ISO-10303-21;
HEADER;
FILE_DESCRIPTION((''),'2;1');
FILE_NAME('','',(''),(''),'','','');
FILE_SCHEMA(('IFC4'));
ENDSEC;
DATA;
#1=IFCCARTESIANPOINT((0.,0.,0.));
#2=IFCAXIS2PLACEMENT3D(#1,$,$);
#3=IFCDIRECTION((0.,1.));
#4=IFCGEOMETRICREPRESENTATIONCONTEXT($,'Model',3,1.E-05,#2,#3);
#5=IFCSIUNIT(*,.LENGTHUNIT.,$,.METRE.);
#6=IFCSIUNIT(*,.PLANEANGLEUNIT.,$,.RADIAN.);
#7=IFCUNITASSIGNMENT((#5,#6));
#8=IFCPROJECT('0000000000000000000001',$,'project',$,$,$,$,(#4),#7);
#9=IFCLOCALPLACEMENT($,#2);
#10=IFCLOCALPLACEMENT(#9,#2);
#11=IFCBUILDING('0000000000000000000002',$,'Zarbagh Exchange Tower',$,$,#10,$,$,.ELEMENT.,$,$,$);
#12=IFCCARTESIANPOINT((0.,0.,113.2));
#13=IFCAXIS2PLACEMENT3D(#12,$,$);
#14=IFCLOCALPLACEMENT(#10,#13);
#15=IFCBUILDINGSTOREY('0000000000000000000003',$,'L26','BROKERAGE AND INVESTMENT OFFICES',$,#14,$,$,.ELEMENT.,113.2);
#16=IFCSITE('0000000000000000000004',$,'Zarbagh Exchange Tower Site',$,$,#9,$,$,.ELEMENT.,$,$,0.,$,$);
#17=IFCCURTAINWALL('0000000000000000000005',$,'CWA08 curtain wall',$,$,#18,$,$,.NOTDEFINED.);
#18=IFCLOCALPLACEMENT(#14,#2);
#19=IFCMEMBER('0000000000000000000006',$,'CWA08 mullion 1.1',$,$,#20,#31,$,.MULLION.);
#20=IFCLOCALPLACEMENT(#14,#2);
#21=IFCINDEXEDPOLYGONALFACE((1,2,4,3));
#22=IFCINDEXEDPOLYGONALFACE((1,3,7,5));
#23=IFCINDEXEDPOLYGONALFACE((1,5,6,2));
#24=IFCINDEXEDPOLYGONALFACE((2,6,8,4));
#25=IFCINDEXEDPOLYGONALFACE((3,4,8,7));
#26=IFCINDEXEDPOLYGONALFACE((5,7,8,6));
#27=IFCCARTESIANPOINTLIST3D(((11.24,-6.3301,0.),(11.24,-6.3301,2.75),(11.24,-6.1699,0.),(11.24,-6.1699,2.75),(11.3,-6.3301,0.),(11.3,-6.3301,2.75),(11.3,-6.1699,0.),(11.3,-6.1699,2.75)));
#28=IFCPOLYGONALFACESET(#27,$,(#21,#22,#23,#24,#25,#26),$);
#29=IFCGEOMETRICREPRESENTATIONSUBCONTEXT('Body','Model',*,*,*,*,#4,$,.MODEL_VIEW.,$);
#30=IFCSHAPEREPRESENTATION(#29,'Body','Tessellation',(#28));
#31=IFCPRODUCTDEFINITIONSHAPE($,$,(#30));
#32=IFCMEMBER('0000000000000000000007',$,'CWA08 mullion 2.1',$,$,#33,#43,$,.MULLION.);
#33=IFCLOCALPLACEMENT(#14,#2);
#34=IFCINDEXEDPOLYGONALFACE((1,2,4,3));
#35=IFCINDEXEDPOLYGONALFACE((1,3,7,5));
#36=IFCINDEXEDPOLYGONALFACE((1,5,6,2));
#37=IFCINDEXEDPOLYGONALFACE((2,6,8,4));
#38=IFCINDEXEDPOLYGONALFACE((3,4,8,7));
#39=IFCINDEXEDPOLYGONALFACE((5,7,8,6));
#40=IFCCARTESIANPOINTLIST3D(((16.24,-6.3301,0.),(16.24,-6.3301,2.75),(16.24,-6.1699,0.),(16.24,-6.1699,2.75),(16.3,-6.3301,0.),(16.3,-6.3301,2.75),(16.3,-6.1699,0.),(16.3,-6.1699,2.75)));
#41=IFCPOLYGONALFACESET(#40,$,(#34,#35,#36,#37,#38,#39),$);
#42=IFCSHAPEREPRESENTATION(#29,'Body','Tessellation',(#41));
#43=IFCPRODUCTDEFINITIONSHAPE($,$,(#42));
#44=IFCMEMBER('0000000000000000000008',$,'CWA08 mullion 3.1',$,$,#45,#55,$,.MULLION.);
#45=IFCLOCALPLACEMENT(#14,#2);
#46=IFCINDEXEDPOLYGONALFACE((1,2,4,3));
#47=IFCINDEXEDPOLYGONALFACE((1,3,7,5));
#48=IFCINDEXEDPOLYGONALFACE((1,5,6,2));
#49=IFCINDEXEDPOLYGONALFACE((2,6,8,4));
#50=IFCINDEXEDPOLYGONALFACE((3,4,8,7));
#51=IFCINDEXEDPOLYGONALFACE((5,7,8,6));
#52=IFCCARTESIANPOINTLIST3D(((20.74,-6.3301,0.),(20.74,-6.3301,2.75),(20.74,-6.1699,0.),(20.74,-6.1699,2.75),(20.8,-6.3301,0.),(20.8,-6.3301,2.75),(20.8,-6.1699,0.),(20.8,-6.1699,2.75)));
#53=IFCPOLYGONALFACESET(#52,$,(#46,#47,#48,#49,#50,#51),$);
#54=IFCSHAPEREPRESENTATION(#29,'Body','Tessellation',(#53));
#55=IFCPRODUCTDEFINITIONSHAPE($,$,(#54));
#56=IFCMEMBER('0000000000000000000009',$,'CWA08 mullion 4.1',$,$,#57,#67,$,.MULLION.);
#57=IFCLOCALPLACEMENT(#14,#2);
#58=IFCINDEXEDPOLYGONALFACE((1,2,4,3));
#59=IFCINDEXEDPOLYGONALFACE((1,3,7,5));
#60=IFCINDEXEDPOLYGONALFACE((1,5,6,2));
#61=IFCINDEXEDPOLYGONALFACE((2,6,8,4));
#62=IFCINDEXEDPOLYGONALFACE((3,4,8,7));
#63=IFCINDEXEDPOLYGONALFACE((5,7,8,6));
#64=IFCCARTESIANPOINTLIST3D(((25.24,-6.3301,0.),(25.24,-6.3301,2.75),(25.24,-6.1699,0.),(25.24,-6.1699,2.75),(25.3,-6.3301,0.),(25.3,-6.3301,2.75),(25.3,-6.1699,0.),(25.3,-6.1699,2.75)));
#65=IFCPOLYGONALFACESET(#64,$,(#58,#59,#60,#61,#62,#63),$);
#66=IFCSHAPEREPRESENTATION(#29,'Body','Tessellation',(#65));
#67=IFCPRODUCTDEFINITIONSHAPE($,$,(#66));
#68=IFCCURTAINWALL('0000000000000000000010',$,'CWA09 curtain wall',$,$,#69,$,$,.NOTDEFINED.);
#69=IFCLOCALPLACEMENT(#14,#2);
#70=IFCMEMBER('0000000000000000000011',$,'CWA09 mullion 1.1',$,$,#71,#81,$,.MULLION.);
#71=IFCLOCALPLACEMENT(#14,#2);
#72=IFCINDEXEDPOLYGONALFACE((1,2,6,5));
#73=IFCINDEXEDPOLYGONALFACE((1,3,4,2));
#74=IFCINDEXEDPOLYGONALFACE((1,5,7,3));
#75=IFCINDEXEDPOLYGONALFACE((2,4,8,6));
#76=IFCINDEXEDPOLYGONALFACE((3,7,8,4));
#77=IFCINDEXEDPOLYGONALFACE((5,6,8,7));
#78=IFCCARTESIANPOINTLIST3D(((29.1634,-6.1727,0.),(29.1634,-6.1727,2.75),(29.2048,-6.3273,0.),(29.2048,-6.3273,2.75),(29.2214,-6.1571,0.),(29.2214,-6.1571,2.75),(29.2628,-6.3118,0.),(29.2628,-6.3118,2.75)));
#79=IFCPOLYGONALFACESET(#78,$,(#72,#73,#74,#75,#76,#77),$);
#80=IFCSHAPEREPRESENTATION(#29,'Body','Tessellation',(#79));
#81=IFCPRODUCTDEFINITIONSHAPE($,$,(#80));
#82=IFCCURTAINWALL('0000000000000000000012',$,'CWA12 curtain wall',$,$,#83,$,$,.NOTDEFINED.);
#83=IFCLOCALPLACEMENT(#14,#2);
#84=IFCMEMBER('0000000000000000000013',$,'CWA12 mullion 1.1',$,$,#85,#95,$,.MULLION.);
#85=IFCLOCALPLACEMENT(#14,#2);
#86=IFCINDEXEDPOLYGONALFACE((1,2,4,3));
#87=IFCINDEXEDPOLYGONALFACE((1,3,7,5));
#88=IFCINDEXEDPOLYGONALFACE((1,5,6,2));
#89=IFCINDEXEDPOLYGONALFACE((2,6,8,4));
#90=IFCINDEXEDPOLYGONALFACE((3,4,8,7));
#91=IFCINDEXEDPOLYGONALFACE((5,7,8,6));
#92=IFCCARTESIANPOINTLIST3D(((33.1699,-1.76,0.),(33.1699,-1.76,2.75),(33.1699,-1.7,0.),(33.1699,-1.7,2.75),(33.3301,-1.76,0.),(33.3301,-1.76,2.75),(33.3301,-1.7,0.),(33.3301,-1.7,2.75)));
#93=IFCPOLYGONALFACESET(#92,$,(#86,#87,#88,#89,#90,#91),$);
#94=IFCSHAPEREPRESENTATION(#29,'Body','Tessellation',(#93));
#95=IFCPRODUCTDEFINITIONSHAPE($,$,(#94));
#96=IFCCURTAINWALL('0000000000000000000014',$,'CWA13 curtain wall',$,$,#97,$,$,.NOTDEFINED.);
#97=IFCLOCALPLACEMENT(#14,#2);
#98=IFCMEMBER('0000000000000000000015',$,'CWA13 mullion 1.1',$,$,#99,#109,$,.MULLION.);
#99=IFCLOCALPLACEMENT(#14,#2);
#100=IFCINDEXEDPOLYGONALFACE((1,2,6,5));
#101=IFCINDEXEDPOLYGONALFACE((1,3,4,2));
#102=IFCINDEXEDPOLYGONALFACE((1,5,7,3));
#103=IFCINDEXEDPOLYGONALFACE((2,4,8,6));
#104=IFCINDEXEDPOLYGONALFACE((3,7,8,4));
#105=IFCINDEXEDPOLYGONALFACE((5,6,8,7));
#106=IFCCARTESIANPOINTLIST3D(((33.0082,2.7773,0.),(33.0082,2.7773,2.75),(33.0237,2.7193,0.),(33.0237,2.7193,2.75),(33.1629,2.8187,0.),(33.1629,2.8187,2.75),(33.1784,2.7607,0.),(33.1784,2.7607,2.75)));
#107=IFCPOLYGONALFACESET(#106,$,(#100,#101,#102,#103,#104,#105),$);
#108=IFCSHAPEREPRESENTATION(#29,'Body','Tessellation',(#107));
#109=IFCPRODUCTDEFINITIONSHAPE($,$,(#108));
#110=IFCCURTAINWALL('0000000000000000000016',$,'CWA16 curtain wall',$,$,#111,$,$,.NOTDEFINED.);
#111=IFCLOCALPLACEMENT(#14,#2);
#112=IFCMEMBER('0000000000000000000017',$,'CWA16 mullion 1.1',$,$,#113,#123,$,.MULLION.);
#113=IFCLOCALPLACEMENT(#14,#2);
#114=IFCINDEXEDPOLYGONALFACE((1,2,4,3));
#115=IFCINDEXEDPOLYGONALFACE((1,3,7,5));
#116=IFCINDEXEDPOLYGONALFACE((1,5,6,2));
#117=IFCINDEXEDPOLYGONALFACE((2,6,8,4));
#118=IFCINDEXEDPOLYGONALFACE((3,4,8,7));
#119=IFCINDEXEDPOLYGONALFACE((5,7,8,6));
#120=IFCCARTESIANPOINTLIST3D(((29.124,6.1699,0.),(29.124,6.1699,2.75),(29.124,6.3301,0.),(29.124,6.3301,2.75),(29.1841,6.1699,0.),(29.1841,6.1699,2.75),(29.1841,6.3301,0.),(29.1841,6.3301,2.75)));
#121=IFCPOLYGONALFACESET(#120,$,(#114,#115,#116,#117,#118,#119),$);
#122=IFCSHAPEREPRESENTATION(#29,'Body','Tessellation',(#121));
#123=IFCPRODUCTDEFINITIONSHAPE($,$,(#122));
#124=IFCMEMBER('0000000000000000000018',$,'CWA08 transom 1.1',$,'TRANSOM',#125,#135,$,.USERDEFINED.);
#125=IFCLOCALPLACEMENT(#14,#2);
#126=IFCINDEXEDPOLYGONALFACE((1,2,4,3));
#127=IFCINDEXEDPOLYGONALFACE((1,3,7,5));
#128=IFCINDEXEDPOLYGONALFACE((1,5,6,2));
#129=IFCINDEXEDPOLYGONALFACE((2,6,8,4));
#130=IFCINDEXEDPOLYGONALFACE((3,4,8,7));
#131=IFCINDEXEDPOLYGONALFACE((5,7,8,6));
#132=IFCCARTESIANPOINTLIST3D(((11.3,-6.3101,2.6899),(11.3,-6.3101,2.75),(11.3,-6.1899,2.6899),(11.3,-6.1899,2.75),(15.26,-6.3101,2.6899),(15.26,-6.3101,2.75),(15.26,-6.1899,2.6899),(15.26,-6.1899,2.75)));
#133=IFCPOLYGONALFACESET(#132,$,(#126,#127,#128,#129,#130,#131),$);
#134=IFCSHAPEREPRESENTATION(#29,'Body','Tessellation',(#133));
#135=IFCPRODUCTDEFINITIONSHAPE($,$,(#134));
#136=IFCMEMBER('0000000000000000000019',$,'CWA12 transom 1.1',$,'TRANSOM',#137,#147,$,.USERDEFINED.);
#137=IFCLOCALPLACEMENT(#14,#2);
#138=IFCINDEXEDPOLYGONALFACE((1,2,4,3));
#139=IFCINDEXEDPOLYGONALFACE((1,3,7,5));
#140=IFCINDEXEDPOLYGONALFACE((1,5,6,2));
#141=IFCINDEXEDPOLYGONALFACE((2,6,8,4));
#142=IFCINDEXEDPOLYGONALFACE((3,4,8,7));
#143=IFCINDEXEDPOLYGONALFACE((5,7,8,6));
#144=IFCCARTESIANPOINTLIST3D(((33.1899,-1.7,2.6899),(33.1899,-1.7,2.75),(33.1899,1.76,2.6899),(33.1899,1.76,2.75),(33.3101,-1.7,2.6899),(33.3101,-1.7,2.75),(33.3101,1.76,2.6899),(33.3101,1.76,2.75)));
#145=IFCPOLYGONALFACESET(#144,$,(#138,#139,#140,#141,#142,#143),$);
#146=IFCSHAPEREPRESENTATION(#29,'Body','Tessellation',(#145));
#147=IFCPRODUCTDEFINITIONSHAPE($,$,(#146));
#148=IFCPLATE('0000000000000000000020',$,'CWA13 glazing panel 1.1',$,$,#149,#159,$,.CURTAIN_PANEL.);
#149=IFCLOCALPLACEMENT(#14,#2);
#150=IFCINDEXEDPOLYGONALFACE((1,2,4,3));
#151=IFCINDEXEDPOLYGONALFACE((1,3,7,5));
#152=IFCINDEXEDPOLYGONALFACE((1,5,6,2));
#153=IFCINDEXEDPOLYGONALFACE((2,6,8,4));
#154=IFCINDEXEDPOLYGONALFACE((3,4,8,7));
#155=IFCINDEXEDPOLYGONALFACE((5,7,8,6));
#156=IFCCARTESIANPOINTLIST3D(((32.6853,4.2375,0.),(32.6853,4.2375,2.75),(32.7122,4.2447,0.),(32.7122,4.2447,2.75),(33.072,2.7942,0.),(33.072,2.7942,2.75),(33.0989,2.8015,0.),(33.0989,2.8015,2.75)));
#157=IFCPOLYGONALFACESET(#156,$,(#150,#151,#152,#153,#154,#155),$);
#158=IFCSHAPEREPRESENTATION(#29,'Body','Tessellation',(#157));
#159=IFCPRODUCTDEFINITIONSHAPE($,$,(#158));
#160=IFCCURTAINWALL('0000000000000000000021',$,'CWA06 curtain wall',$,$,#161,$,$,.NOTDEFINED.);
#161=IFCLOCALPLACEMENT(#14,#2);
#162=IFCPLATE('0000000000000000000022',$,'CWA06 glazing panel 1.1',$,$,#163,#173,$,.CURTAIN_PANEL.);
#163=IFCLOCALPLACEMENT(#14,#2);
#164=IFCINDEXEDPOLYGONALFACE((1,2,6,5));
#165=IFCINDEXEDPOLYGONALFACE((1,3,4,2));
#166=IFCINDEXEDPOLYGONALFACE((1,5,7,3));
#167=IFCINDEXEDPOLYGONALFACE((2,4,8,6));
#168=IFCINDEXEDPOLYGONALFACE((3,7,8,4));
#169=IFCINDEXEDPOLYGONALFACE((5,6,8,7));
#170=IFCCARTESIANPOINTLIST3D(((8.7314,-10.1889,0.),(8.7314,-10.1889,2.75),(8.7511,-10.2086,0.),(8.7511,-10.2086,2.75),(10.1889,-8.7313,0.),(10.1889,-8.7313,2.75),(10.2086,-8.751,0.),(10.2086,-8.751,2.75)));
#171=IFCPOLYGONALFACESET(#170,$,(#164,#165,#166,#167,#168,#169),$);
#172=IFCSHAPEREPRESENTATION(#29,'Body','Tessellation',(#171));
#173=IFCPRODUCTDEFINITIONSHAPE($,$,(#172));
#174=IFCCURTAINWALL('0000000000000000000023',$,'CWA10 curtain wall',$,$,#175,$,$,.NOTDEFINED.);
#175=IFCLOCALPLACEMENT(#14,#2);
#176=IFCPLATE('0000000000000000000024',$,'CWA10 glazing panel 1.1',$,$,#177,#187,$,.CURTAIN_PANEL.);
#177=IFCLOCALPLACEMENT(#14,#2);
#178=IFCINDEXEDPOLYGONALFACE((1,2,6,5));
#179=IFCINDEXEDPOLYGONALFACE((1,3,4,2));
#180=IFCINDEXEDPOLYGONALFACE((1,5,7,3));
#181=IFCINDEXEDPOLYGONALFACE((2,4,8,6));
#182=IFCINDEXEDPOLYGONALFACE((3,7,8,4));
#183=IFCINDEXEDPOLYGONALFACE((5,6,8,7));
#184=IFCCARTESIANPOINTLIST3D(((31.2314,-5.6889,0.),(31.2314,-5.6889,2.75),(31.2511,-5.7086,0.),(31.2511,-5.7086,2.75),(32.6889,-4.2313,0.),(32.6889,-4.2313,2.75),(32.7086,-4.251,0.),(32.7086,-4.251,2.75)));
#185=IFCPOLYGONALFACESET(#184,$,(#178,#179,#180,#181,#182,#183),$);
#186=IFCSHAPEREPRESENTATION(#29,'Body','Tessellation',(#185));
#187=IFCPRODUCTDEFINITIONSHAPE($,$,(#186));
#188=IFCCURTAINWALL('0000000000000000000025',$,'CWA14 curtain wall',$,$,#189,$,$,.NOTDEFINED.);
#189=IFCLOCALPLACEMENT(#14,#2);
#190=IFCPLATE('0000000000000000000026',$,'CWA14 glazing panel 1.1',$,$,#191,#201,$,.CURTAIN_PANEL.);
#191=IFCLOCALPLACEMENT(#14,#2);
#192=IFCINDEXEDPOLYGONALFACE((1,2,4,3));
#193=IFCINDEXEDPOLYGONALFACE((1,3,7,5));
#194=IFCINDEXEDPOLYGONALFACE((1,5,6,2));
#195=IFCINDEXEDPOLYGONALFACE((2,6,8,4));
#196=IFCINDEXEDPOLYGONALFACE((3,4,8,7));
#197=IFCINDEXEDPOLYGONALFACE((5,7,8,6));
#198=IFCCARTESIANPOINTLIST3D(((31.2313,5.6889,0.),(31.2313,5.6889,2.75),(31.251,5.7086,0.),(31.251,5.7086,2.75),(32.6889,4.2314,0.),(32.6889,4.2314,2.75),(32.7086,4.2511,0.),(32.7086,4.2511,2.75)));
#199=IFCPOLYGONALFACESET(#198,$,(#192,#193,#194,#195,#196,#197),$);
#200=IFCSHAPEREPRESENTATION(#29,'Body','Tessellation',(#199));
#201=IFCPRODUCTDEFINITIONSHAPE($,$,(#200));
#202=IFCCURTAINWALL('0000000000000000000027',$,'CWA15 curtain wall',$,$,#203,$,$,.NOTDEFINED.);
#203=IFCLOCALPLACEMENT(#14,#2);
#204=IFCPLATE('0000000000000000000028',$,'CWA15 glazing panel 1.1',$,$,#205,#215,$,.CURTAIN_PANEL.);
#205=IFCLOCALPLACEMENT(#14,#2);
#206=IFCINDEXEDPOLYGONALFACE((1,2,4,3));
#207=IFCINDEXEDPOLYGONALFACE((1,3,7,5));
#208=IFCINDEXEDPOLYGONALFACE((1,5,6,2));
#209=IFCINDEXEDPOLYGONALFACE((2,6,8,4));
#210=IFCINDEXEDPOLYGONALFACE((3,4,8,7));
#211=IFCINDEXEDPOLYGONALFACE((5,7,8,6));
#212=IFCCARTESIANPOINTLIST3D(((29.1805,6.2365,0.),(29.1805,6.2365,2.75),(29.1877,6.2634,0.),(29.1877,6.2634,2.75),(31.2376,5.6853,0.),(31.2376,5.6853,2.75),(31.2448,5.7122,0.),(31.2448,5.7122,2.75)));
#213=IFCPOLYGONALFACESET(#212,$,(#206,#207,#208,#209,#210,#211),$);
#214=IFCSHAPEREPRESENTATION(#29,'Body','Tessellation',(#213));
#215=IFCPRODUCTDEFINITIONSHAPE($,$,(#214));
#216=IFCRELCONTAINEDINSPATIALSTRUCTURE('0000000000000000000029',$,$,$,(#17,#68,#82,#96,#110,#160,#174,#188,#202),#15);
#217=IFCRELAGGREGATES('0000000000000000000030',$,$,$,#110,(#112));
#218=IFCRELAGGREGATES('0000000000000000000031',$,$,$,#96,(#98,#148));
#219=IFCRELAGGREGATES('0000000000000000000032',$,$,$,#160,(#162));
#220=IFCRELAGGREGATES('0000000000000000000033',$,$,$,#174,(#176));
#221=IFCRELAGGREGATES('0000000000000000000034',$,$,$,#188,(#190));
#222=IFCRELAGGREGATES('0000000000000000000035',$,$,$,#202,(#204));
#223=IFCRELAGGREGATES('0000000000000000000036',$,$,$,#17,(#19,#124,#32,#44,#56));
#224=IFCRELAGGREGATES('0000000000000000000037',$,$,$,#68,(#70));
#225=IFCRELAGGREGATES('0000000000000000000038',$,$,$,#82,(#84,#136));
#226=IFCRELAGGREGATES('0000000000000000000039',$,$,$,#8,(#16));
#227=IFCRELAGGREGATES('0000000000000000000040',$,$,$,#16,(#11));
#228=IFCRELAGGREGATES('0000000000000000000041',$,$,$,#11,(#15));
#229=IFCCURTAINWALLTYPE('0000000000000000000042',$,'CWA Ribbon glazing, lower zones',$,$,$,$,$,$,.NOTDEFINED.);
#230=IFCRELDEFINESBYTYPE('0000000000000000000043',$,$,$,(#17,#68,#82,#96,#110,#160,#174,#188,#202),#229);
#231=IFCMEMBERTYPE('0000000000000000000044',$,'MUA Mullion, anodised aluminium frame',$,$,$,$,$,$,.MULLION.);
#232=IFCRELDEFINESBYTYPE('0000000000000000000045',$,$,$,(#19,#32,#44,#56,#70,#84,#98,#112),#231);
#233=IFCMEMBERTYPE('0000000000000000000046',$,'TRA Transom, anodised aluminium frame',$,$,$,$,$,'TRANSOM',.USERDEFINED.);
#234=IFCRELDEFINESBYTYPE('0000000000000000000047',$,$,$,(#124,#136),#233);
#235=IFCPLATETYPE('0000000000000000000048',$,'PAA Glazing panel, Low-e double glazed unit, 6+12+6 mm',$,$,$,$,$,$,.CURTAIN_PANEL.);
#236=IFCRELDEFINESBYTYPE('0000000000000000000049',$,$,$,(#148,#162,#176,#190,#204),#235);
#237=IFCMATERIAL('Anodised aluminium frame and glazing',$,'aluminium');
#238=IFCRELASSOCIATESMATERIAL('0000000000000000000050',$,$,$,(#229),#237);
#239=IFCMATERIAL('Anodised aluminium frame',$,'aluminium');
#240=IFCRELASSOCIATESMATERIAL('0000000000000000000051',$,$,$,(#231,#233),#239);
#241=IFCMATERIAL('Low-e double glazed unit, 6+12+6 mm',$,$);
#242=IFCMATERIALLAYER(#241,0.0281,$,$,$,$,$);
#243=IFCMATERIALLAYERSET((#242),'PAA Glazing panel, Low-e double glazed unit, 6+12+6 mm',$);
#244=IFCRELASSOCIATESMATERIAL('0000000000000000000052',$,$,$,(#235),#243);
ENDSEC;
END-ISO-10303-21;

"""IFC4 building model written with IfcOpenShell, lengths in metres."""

from ifc_helpers import new_model, si_unit, direction, frame, origin, place, context, subcontext, project, spatial, polyline, outline, extrude, source, transform, mapped, material, layer, layer_set, type_object, element, aggregate, save


model = new_model("IFC4")

# Units and contexts
model_context = context("Model", 3, precision=1e-05, world=origin(), true_north=direction((0.0, 1.0)))
body_context = subcontext(model_context, "Body", "Model", "MODEL_VIEW")
ifc_project = project(units=[si_unit("LENGTHUNIT", "METRE"), si_unit("PLANEANGLEUNIT", "RADIAN")], contexts=[model_context])

# Site, building, storey
site_placement = place(None, origin())
site = spatial("IfcSite", under=ifc_project, at=site_placement, Name="Zarbagh Exchange Tower Site", CompositionType="ELEMENT", RefElevation=0.0)
building_placement = place(site_placement, origin())
building = spatial("IfcBuilding", under=site, at=building_placement, Name="Zarbagh Exchange Tower", CompositionType="ELEMENT")
storey_placement = place(building_placement, frame((0.0, 0.0, 113.2)))
storey = spatial("IfcBuildingStorey", under=building, at=storey_placement, Name="L26", Description="BROKERAGE AND INVESTMENT OFFICES", CompositionType="ELEMENT", Elevation=113.2)

# Curtain wall, members
ifc_material_1 = material(Name="Anodised aluminium frame and glazing", Category="aluminium")
curtain_wall_type = type_object("IfcCurtainWallType", Name="CWA Ribbon glazing, lower zones", PredefinedType="NOTDEFINED", material=ifc_material_1)
curtain_wall_1_placement = place(storey_placement, origin())
curtain_wall_1 = element("IfcCurtainWall", 1, at=curtain_wall_1_placement, inside=storey, type_object=curtain_wall_type, Name="CWA08 curtain wall", PredefinedType="NOTDEFINED")
ifc_material_2 = material(Name="Anodised aluminium frame", Category="aluminium")
member_type_1 = type_object("IfcMemberType", Name="MUA Mullion, anodised aluminium frame", PredefinedType="MULLION", material=ifc_material_2)
shared_shape_1 = source(origin(), body_context, "Body", "SweptSolid", [
    extrude(outline(polyline([(0.0, -0.0801), (0.0601, -0.0801), (0.0601, 0.0801), (0.0, 0.0801), (0.0, -0.0801)])), origin(), (0.0, 0.0, 1.0), 2.75),
])
placement = place(storey_placement, origin())
member_1 = element("IfcMember", 2, at=placement, type_object=member_type_1, Name="CWA08 mullion 1.1", PredefinedType="MULLION", context=body_context, shape_type="MappedRepresentation", body=[
    mapped(shared_shape_1, transform((11.24, -6.25, 0.0), x_axis=(1.0, 0.0, 0.0), y_axis=(0.0, 1.0, 0.0), z_axis=(0.0, 0.0, 1.0))),
])
member_2 = element("IfcMember", 3, at=placement, type_object=member_type_1, Name="CWA08 mullion 2.1", PredefinedType="MULLION", context=body_context, shape_type="MappedRepresentation", body=[
    mapped(shared_shape_1, transform((16.24, -6.25, 0.0), x_axis=(1.0, 0.0, 0.0), y_axis=(0.0, 1.0, 0.0), z_axis=(0.0, 0.0, 1.0))),
])
member_3 = element("IfcMember", 4, at=placement, type_object=member_type_1, Name="CWA08 mullion 3.1", PredefinedType="MULLION", context=body_context, shape_type="MappedRepresentation", body=[
    mapped(shared_shape_1, transform((20.74, -6.25, 0.0), x_axis=(1.0, 0.0, 0.0), y_axis=(0.0, 1.0, 0.0), z_axis=(0.0, 0.0, 1.0))),
])
member_4 = element("IfcMember", 5, at=placement, type_object=member_type_1, Name="CWA08 mullion 4.1", PredefinedType="MULLION", context=body_context, shape_type="MappedRepresentation", body=[
    mapped(shared_shape_1, transform((25.24, -6.25, 0.0), x_axis=(1.0, 0.0, 0.0), y_axis=(0.0, 1.0, 0.0), z_axis=(0.0, 0.0, 1.0))),
])

# Curtain walls, members
curtain_wall_2_placement = place(storey_placement, origin())
curtain_wall_2 = element("IfcCurtainWall", 6, at=curtain_wall_2_placement, inside=storey, type_object=curtain_wall_type, Name="CWA09 curtain wall", PredefinedType="NOTDEFINED")
member_5 = element("IfcMember", 7, at=placement, type_object=member_type_1, Name="CWA09 mullion 1.1", PredefinedType="MULLION", context=body_context, shape_type="MappedRepresentation", body=[
    mapped(shared_shape_1, transform((29.1841, -6.25, 0.0), x_axis=(0.965924, 0.258825, 0.0), y_axis=(-0.258825, 0.965924, 0.0), z_axis=(0.0, 0.0, 1.0))),
])
curtain_wall_3_placement = place(storey_placement, origin())
curtain_wall_3 = element("IfcCurtainWall", 8, at=curtain_wall_3_placement, inside=storey, type_object=curtain_wall_type, Name="CWA12 curtain wall", PredefinedType="NOTDEFINED")
member_6 = element("IfcMember", 9, at=placement, type_object=member_type_1, Name="CWA12 mullion 1.1", PredefinedType="MULLION", context=body_context, shape_type="MappedRepresentation", body=[
    mapped(shared_shape_1, transform((33.25, -1.76, 0.0), x_axis=(0.0, 1.0, 0.0), y_axis=(-1.0, 0.0, 0.0), z_axis=(0.0, 0.0, 1.0))),
])
curtain_wall_4_placement = place(storey_placement, origin())
curtain_wall_4 = element("IfcCurtainWall", 10, at=curtain_wall_4_placement, inside=storey, type_object=curtain_wall_type, Name="CWA13 curtain wall", PredefinedType="NOTDEFINED")
member_7 = element("IfcMember", 11, at=placement, type_object=member_type_1, Name="CWA13 mullion 1.1", PredefinedType="MULLION", context=body_context, shape_type="MappedRepresentation", body=[
    mapped(shared_shape_1, transform((33.1011, 2.74, 0.0), x_axis=(-0.258825, 0.965924, 0.0), y_axis=(-0.965924, -0.258825, 0.0), z_axis=(0.0, 0.0, 1.0))),
])
curtain_wall_5_placement = place(storey_placement, origin())
curtain_wall_5 = element("IfcCurtainWall", 12, at=curtain_wall_5_placement, inside=storey, type_object=curtain_wall_type, Name="CWA16 curtain wall", PredefinedType="NOTDEFINED")
member_8 = element("IfcMember", 13, at=placement, type_object=member_type_1, Name="CWA16 mullion 1.1", PredefinedType="MULLION", context=body_context, shape_type="MappedRepresentation", body=[
    mapped(shared_shape_1, transform((29.1841, 6.25, 0.0), x_axis=(-1.0, 0.0, 0.0), y_axis=(0.0, -1.0, 0.0), z_axis=(0.0, 0.0, 1.0))),
])
aggregate(curtain_wall_5, [member_8])

# Members
member_type_2 = type_object("IfcMemberType", Name="TRA Transom, anodised aluminium frame", ElementType="TRANSOM", PredefinedType="USERDEFINED", material=ifc_material_2)
shared_shape_2 = source(origin(), body_context, "Body", "SweptSolid", [
    extrude(outline(polyline([(-0.0601, -0.0601), (0.0, -0.0601), (0.0, 0.0601), (-0.0601, 0.0601), (-0.0601, -0.0601)])), origin(), (0.0, 0.0, 1.0), 3.96),
])
member_9 = element("IfcMember", 14, at=placement, type_object=member_type_2, Name="CWA08 transom 1.1", ObjectType="TRANSOM", PredefinedType="USERDEFINED", context=body_context, shape_type="MappedRepresentation", body=[
    mapped(shared_shape_2, transform((11.3, -6.25, 2.75), x_axis=(0.0, 0.0, 1.0), y_axis=(0.0, -1.0, 0.0), z_axis=(1.0, 0.0, 0.0))),
])
shared_shape_3 = source(origin(), body_context, "Body", "SweptSolid", [
    extrude(outline(polyline([(-0.0601, -0.0601), (0.0, -0.0601), (0.0, 0.0601), (-0.0601, 0.0601), (-0.0601, -0.0601)])), origin(), (0.0, 0.0, 1.0), 3.46),
])
member_10 = element("IfcMember", 15, at=placement, type_object=member_type_2, Name="CWA12 transom 1.1", ObjectType="TRANSOM", PredefinedType="USERDEFINED", context=body_context, shape_type="MappedRepresentation", body=[
    mapped(shared_shape_3, transform((33.25, -1.7, 2.75), x_axis=(0.0, 0.0, 1.0), y_axis=(1.0, 0.0, 0.0), z_axis=(0.0, 1.0, 0.0))),
])

# Plate
ifc_material_3 = material(Name="Low-e double glazed unit, 6+12+6 mm")
ifc_layer = layer(ifc_material_3, 0.0281)
ifc_layer_set = layer_set([ifc_layer], Name="PAA Glazing panel, Low-e double glazed unit, 6+12+6 mm")
plate_type = type_object("IfcPlateType", Name="PAA Glazing panel, Low-e double glazed unit, 6+12+6 mm", PredefinedType="CURTAIN_PANEL", material=ifc_layer_set)
shared_shape_4 = source(origin(), body_context, "Body", "SweptSolid", [
    extrude(outline(polyline([(0.0, -0.0139), (1.4941, -0.0139), (1.4941, 0.0139), (0.0, 0.0139), (0.0, -0.0139)])), origin(), (0.0, 0.0, 1.0), 2.75),
])
plate_1 = element("IfcPlate", 16, at=placement, type_object=plate_type, Name="CWA13 glazing panel 1.1", PredefinedType="CURTAIN_PANEL", context=body_context, shape_type="MappedRepresentation", body=[
    mapped(shared_shape_4, transform((33.0854, 2.7979, 0.0), x_axis=(-0.258825, 0.965924, 0.0), y_axis=(-0.965924, -0.258825, 0.0), z_axis=(0.0, 0.0, 1.0))),
])
aggregate(curtain_wall_4, [member_7, plate_1])

# Curtain walls, plates
curtain_wall_6_placement = place(storey_placement, origin())
curtain_wall_6 = element("IfcCurtainWall", 17, at=curtain_wall_6_placement, inside=storey, type_object=curtain_wall_type, Name="CWA06 curtain wall", PredefinedType="NOTDEFINED")
shared_shape_5 = source(origin(), body_context, "Body", "SweptSolid", [
    extrude(outline(polyline([(0.0, -0.0139), (2.0613, -0.0139), (2.0613, 0.0139), (0.0, 0.0139), (0.0, -0.0139)])), origin(), (0.0, 0.0, 1.0), 2.75),
])
plate_2 = element("IfcPlate", 18, at=placement, type_object=plate_type, Name="CWA06 glazing panel 1.1", PredefinedType="CURTAIN_PANEL", context=body_context, shape_type="MappedRepresentation", body=[
    mapped(shared_shape_5, transform((8.7412, -10.1987, 0.0), x_axis=(0.707107, 0.707107, 0.0), y_axis=(-0.707107, 0.707107, 0.0), z_axis=(0.0, 0.0, 1.0))),
])
aggregate(curtain_wall_6, [plate_2])
curtain_wall_7_placement = place(storey_placement, origin())
curtain_wall_7 = element("IfcCurtainWall", 19, at=curtain_wall_7_placement, inside=storey, type_object=curtain_wall_type, Name="CWA10 curtain wall", PredefinedType="NOTDEFINED")
plate_3 = element("IfcPlate", 20, at=placement, type_object=plate_type, Name="CWA10 glazing panel 1.1", PredefinedType="CURTAIN_PANEL", context=body_context, shape_type="MappedRepresentation", body=[
    mapped(shared_shape_5, transform((31.2412, -5.6987, 0.0), x_axis=(0.707107, 0.707107, 0.0), y_axis=(-0.707107, 0.707107, 0.0), z_axis=(0.0, 0.0, 1.0))),
])
aggregate(curtain_wall_7, [plate_3])
curtain_wall_8_placement = place(storey_placement, origin())
curtain_wall_8 = element("IfcCurtainWall", 21, at=curtain_wall_8_placement, inside=storey, type_object=curtain_wall_type, Name="CWA14 curtain wall", PredefinedType="NOTDEFINED")
plate_4 = element("IfcPlate", 22, at=placement, type_object=plate_type, Name="CWA14 glazing panel 1.1", PredefinedType="CURTAIN_PANEL", context=body_context, shape_type="MappedRepresentation", body=[
    mapped(shared_shape_5, transform((32.6987, 4.2412, 0.0), x_axis=(-0.707107, 0.707107, 0.0), y_axis=(-0.707107, -0.707107, 0.0), z_axis=(0.0, 0.0, 1.0))),
])
aggregate(curtain_wall_8, [plate_4])
curtain_wall_9_placement = place(storey_placement, origin())
curtain_wall_9 = element("IfcCurtainWall", 23, at=curtain_wall_9_placement, inside=storey, type_object=curtain_wall_type, Name="CWA15 curtain wall", PredefinedType="NOTDEFINED")
shared_shape_6 = source(origin(), body_context, "Body", "SweptSolid", [
    extrude(outline(polyline([(0.0, -0.0139), (2.1296, -0.0139), (2.1296, 0.0139), (0.0, 0.0139), (0.0, -0.0139)])), origin(), (0.0, 0.0, 1.0), 2.75),
])
plate_5 = element("IfcPlate", 24, at=placement, type_object=plate_type, Name="CWA15 glazing panel 1.1", PredefinedType="CURTAIN_PANEL", context=body_context, shape_type="MappedRepresentation", body=[
    mapped(shared_shape_6, transform((31.2412, 5.6987, 0.0), x_axis=(-0.965924, 0.258825, 0.0), y_axis=(-0.258825, -0.965924, 0.0), z_axis=(0.0, 0.0, 1.0))),
])
aggregate(curtain_wall_9, [plate_5])

aggregate(curtain_wall_1, [member_1, member_9, member_2, member_3, member_4])
aggregate(curtain_wall_2, [member_5])

aggregate(curtain_wall_3, [member_6, member_10])

save(model, "model.ifc")
